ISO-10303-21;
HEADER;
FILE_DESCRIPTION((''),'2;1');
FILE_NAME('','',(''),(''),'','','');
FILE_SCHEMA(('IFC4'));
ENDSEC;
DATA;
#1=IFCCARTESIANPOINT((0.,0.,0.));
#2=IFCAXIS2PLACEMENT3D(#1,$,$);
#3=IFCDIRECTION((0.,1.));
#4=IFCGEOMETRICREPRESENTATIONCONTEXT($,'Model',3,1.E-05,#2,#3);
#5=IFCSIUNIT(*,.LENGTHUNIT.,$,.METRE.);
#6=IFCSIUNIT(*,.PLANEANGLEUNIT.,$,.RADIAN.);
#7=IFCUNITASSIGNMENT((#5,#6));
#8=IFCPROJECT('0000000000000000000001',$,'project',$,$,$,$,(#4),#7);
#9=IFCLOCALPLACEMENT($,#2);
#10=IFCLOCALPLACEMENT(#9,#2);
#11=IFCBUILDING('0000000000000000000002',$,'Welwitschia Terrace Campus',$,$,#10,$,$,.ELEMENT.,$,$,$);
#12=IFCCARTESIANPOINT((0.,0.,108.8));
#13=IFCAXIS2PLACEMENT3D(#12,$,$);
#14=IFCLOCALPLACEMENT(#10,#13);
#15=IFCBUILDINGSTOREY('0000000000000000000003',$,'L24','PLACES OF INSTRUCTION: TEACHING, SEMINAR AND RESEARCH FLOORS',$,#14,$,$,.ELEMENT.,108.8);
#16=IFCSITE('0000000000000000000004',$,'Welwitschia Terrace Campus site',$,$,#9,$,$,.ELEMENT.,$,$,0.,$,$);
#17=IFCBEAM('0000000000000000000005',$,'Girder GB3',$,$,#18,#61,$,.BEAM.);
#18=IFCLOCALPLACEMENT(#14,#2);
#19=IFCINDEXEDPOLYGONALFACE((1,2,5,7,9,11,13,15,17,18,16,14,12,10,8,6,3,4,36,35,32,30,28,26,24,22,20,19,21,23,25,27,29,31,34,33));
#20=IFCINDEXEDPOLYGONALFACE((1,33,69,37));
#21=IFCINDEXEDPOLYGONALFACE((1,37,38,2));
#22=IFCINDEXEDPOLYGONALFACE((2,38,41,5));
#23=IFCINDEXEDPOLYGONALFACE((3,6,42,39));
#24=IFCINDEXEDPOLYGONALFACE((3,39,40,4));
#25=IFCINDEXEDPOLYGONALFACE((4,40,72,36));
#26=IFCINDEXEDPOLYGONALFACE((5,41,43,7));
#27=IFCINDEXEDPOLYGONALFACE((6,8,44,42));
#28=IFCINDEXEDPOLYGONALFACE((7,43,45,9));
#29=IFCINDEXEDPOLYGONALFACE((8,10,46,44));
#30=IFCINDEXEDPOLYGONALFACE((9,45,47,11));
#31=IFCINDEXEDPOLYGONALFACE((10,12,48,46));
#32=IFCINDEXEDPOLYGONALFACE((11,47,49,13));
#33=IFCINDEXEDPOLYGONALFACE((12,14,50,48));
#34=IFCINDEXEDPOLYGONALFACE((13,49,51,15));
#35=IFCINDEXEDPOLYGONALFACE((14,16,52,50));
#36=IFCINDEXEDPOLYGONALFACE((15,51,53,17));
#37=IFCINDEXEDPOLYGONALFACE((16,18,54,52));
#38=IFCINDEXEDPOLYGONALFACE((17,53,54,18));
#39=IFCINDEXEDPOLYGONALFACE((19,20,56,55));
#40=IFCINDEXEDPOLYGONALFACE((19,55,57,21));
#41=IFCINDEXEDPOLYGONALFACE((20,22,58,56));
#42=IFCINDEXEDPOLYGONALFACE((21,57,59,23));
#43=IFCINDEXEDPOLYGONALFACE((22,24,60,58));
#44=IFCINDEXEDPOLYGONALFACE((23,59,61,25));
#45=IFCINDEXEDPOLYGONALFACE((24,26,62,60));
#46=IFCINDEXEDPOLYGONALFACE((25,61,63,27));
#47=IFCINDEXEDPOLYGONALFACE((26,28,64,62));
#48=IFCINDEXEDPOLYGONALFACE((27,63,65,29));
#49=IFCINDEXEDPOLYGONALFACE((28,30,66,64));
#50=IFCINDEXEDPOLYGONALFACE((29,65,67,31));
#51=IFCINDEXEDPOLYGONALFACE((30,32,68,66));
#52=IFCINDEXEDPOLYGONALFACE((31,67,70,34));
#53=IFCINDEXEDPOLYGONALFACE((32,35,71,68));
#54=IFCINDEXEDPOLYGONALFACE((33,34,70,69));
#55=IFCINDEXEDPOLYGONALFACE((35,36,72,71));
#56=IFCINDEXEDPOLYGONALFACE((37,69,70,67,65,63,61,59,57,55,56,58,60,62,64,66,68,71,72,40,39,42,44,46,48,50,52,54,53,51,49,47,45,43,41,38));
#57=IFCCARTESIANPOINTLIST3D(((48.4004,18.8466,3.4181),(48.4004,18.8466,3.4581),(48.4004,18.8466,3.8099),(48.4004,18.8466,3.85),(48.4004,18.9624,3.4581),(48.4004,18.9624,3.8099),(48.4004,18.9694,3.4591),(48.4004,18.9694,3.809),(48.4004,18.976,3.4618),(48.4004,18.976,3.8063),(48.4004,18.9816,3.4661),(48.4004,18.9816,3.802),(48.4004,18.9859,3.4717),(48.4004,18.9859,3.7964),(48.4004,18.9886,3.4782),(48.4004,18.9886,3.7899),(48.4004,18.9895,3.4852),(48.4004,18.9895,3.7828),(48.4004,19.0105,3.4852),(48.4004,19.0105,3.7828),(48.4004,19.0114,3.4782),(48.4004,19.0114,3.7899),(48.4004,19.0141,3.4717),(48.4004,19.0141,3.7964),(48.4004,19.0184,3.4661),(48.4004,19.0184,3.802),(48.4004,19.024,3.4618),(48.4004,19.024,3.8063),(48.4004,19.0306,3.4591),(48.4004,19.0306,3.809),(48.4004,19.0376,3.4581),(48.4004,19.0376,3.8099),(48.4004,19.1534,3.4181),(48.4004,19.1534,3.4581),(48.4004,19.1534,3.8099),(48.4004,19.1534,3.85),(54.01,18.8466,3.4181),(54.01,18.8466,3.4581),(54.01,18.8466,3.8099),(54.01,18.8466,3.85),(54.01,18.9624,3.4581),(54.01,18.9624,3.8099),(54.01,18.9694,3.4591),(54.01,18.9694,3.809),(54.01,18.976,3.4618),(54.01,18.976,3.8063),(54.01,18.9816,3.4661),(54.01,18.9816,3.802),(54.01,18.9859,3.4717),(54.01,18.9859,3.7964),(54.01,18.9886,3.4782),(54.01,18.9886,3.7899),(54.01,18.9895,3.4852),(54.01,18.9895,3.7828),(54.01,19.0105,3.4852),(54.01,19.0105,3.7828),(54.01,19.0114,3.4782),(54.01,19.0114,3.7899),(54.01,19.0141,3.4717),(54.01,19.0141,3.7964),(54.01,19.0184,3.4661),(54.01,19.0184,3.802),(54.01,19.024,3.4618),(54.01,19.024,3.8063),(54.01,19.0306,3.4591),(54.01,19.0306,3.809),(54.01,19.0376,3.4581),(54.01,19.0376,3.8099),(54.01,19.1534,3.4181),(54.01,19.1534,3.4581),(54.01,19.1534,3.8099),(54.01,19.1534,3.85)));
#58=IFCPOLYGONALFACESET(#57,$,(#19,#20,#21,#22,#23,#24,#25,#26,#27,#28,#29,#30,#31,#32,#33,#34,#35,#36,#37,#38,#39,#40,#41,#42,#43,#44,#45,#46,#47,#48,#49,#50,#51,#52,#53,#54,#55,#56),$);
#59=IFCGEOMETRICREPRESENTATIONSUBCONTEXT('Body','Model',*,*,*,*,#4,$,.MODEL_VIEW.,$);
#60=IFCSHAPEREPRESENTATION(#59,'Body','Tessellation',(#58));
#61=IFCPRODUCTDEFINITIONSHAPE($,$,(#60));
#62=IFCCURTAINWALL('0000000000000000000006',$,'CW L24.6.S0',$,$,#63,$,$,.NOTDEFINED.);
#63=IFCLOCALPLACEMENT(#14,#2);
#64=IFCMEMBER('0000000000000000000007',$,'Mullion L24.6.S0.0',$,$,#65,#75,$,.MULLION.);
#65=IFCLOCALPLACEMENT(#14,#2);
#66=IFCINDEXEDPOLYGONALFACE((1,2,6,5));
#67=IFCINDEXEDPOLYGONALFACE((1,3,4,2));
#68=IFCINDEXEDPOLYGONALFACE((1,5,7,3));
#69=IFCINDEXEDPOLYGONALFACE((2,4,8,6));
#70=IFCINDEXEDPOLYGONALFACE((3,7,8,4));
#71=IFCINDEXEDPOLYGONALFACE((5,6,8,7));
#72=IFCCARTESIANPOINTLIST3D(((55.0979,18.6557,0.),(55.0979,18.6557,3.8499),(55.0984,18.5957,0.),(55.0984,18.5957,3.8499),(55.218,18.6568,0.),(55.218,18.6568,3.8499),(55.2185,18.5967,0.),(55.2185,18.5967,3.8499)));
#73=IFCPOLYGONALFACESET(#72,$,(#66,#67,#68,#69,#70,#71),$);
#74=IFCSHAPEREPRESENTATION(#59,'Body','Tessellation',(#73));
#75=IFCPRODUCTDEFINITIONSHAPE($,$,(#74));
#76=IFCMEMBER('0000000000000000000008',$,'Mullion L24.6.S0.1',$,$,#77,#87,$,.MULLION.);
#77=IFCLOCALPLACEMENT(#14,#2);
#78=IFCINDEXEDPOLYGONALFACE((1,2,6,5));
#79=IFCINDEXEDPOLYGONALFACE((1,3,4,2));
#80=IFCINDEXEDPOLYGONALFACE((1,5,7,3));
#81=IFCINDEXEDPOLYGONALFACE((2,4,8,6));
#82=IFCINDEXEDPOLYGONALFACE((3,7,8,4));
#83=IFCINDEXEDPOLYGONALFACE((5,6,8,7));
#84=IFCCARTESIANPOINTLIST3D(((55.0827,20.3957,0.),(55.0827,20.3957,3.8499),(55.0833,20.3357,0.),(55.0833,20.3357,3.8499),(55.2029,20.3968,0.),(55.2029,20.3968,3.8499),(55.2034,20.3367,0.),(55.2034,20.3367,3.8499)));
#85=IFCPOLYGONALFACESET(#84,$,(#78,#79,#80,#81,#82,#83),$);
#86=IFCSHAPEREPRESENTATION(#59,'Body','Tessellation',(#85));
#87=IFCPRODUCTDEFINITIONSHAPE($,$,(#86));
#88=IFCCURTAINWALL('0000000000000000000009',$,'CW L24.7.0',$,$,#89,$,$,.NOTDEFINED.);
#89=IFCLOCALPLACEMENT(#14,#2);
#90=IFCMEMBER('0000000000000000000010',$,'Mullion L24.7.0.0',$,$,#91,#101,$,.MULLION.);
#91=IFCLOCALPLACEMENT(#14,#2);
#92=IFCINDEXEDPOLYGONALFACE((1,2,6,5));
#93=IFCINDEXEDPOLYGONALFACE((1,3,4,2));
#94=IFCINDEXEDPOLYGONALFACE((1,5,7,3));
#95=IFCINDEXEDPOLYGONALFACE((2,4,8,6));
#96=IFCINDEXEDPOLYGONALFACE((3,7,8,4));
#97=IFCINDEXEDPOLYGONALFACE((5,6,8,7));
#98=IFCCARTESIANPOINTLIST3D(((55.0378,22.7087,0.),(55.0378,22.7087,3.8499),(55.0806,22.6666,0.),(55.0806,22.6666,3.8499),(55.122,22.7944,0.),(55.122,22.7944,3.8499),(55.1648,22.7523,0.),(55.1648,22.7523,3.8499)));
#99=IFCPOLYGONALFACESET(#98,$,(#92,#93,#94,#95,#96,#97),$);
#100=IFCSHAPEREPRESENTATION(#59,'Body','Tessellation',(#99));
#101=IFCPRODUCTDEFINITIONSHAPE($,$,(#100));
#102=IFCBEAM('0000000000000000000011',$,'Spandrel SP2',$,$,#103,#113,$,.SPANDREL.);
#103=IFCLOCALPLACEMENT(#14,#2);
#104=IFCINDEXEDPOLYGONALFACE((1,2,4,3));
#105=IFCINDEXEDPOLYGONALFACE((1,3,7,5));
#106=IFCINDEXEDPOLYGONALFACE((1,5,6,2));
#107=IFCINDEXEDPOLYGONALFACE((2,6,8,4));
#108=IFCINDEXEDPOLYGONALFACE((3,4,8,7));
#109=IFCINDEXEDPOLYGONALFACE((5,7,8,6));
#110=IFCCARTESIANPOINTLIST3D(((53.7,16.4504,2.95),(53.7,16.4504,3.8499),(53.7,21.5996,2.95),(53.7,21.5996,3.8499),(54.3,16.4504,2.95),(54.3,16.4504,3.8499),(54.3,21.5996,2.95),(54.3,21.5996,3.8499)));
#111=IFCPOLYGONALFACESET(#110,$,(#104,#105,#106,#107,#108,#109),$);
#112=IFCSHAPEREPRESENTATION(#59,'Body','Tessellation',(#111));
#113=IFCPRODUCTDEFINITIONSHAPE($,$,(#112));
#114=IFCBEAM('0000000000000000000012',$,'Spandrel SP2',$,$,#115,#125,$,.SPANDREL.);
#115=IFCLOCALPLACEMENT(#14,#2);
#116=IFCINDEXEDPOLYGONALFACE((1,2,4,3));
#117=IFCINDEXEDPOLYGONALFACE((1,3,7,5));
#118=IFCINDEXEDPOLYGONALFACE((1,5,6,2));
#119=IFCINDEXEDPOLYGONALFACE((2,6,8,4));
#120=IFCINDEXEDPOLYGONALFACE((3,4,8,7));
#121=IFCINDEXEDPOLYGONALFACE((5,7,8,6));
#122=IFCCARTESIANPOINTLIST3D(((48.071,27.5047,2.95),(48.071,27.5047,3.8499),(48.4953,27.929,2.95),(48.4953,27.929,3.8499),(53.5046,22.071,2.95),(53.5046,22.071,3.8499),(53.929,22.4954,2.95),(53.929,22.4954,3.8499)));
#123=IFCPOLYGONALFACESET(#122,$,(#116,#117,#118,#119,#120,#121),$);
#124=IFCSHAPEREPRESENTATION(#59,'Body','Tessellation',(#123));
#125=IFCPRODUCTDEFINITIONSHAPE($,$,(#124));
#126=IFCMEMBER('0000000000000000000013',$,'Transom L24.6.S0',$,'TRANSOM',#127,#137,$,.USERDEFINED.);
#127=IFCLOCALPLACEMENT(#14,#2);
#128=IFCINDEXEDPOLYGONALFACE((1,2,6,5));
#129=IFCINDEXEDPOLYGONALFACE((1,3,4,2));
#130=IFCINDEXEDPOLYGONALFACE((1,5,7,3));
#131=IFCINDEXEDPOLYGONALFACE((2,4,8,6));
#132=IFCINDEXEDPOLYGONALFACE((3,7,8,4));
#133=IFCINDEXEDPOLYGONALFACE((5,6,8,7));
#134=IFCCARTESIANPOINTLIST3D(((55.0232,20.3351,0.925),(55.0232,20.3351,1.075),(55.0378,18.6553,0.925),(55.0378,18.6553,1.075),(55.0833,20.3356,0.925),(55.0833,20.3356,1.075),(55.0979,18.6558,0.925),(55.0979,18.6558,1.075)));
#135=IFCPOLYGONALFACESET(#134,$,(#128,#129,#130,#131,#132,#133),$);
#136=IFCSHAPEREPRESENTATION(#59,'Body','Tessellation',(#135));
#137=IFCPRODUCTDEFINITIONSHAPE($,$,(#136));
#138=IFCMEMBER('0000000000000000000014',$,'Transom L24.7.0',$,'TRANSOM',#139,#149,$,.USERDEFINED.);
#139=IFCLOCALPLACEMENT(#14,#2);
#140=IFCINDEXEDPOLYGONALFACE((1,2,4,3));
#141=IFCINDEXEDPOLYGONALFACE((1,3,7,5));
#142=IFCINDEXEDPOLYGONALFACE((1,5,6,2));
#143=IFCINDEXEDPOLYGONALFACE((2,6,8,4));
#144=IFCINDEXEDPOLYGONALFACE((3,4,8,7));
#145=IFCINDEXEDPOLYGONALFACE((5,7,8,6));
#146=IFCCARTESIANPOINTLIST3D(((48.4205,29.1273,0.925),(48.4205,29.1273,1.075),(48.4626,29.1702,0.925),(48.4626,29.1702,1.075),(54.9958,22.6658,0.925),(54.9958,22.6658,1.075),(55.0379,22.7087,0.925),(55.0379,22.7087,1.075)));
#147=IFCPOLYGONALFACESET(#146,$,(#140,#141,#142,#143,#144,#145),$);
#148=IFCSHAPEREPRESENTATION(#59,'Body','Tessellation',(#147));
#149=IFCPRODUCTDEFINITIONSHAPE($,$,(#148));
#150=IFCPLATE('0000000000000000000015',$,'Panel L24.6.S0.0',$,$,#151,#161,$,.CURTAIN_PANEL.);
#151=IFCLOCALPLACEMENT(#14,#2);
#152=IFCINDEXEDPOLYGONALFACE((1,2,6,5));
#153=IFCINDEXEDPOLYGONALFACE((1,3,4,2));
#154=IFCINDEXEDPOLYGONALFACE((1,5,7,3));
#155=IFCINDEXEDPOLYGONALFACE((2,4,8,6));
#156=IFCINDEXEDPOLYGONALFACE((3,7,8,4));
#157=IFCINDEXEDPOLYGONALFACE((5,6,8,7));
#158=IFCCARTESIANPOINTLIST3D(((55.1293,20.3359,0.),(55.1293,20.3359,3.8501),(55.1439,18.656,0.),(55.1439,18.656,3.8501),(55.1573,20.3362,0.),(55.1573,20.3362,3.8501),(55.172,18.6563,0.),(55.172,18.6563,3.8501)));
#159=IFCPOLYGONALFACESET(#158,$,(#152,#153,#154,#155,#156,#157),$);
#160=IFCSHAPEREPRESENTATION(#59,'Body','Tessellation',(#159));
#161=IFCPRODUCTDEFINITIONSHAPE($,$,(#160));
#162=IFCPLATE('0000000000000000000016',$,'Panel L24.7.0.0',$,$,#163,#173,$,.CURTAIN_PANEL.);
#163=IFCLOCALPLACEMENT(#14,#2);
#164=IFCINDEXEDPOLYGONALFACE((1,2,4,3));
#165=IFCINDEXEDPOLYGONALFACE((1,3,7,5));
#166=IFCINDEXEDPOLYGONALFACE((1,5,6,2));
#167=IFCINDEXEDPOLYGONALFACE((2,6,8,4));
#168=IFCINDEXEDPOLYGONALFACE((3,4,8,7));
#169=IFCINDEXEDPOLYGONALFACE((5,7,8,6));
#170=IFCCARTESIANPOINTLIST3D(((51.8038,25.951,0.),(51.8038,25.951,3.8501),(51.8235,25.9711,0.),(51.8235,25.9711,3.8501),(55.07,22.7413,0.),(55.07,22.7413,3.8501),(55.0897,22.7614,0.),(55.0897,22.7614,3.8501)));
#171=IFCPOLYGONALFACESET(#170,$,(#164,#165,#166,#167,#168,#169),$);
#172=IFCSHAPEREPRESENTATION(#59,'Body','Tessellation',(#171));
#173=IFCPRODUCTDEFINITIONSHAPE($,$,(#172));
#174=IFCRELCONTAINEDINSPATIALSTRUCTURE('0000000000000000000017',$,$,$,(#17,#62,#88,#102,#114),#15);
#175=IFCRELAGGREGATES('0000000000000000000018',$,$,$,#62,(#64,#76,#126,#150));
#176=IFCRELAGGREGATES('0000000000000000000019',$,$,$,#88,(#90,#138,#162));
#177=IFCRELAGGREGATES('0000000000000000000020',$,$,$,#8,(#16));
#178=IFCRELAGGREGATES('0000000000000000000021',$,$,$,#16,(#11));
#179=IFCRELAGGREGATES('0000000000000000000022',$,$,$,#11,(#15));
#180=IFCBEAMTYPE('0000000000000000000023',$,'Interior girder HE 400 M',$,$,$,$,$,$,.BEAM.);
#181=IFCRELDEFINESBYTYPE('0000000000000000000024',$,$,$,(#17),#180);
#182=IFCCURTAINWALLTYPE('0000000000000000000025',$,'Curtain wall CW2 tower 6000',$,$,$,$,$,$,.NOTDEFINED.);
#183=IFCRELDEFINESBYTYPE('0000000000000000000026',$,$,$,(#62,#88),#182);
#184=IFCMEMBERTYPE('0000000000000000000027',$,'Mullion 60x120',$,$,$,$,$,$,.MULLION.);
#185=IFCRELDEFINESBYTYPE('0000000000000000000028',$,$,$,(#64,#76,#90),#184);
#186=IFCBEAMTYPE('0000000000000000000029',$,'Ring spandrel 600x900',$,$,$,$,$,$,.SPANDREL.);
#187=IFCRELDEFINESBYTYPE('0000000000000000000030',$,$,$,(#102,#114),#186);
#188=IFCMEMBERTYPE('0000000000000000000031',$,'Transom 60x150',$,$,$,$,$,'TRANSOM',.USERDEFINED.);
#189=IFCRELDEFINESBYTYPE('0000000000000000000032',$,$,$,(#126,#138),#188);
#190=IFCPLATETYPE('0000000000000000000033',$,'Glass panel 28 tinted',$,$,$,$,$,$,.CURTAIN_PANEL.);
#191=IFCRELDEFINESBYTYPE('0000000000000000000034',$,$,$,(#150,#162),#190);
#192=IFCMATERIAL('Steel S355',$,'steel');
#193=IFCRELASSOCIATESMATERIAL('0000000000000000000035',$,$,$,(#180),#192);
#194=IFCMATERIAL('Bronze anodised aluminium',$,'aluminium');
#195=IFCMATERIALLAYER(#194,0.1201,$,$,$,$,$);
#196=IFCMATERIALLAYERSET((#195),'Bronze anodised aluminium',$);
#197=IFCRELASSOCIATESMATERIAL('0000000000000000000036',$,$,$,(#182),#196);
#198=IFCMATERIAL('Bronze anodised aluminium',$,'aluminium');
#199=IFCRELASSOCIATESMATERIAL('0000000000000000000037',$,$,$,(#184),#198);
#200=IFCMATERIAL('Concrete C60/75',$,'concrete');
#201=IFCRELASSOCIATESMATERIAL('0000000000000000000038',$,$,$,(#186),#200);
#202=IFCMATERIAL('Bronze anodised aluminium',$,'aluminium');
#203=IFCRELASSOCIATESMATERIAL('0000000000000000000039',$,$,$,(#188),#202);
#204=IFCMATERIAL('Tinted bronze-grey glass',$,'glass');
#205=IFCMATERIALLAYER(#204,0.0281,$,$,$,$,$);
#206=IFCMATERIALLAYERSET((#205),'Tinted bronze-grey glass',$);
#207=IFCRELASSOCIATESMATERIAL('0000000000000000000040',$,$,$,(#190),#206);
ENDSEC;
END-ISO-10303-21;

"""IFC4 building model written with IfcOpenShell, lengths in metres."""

from ifc_helpers import new_model, si_unit, direction, frame, origin, origin_2d, place, context, subcontext, project, spatial, rectangle, i_section, extrude, material, layer, layer_set, material_profile, profile_set, type_object, element, aggregate, save


model = new_model("IFC4")

# Units and contexts
model_context = context("Model", 3, precision=1e-05, world=origin(), true_north=direction((0.0, 1.0)))
body_context = subcontext(model_context, "Body", "Model", "MODEL_VIEW")
ifc_project = project(units=[si_unit("LENGTHUNIT", "METRE"), si_unit("PLANEANGLEUNIT", "RADIAN")], contexts=[model_context])

# Site, building, storey
site_placement = place(None, origin())
site = spatial("IfcSite", under=ifc_project, at=site_placement, Name="Welwitschia Terrace Campus site", CompositionType="ELEMENT", RefElevation=0.0)
building_placement = place(site_placement, origin())
building = spatial("IfcBuilding", under=site, at=building_placement, Name="Welwitschia Terrace Campus", CompositionType="ELEMENT")
storey_placement = place(building_placement, frame((0.0, 0.0, 108.8)))
storey = spatial("IfcBuildingStorey", under=building, at=storey_placement, Name="L24", Description="PLACES OF INSTRUCTION: TEACHING, SEMINAR AND RESEARCH FLOORS", CompositionType="ELEMENT", Elevation=108.8)

# Beam
ifc_material_1 = material(Name="Steel S355", Category="steel")
ifc_material_profile_1 = material_profile(ifc_material_1, i_section(OverallWidth=0.3069, OverallDepth=0.4319, WebThickness=0.021, FlangeThickness=0.04, FilletRadius=0.0271, at=origin_2d()))
ifc_profile_set_1 = profile_set([ifc_material_profile_1], Name="Steel S355")
beam_type_1 = type_object("IfcBeamType", Name="Interior girder HE 400 M", PredefinedType="BEAM", material=ifc_profile_set_1)
beam_1_placement = place(storey_placement, frame((48.4004, 19.0, 3.634), z_axis=(1.0, 0.0, 0.0), x_axis=(0.0, 1.0, 0.0)))
element("IfcBeam", 1, at=beam_1_placement, inside=storey, type_object=beam_type_1, Name="Girder GB3", PredefinedType="BEAM", context=body_context, shape_type="SweptSolid", body=[
    extrude(i_section(OverallWidth=0.3069, OverallDepth=0.4319, WebThickness=0.021, FlangeThickness=0.04, FilletRadius=0.0271, at=origin_2d()), origin(), (0.0, 0.0, 1.0), 5.6096),
])

# Curtain wall, members
ifc_material_2 = material(Name="Bronze anodised aluminium", Category="aluminium")
ifc_layer_1 = layer(ifc_material_2, 0.1201)
ifc_layer_set_1 = layer_set([ifc_layer_1], Name="Bronze anodised aluminium")
curtain_wall_type = type_object("IfcCurtainWallType", Name="Curtain wall CW2 tower 6000", PredefinedType="NOTDEFINED", material=ifc_layer_set_1)
curtain_wall_1_placement = place(storey_placement, origin())
curtain_wall_1 = element("IfcCurtainWall", 2, at=curtain_wall_1_placement, inside=storey, type_object=curtain_wall_type, Name="CW L24.6.S0", PredefinedType="NOTDEFINED")
ifc_material_3 = material(Name="Bronze anodised aluminium", Category="aluminium")
ifc_material_profile_2 = material_profile(ifc_material_3, rectangle(XDim=0.1201, YDim=0.0601, at=origin_2d()))
ifc_profile_set_2 = profile_set([ifc_material_profile_2], Name="Bronze anodised aluminium")
member_type_1 = type_object("IfcMemberType", Name="Mullion 60x120", PredefinedType="MULLION", material=ifc_profile_set_2)
member_1_placement = place(storey_placement, frame((55.1582, 18.6262, 0.0), z_axis=(0.0, 0.0, 1.0), x_axis=(-0.999962, -0.008727, 0.0)))
member_1 = element("IfcMember", 3, at=member_1_placement, type_object=member_type_1, Name="Mullion L24.6.S0.0", PredefinedType="MULLION", context=body_context, shape_type="SweptSolid", body=[
    extrude(rectangle(XDim=0.1201, YDim=0.0601, at=origin_2d()), origin(), (0.0, 0.0, 1.0), 3.8499),
])
member_2_placement = place(storey_placement, frame((55.1431, 20.3662, 0.0), z_axis=(0.0, 0.0, 1.0), x_axis=(-0.999962, -0.008727, 0.0)))
member_2 = element("IfcMember", 4, at=member_2_placement, type_object=member_type_1, Name="Mullion L24.6.S0.1", PredefinedType="MULLION", context=body_context, shape_type="SweptSolid", body=[
    extrude(rectangle(XDim=0.1201, YDim=0.0601, at=origin_2d()), origin(), (0.0, 0.0, 1.0), 3.8499),
])

# Curtain wall, member
curtain_wall_2_placement = place(storey_placement, origin())
curtain_wall_2 = element("IfcCurtainWall", 5, at=curtain_wall_2_placement, inside=storey, type_object=curtain_wall_type, Name="CW L24.7.0", PredefinedType="NOTDEFINED")
member_3_placement = place(storey_placement, frame((55.1013, 22.7305, 0.0), z_axis=(0.0, 0.0, 1.0), x_axis=(-0.700909, -0.71325, 0.0)))
member_3 = element("IfcMember", 6, at=member_3_placement, type_object=member_type_1, Name="Mullion L24.7.0.0", PredefinedType="MULLION", context=body_context, shape_type="SweptSolid", body=[
    extrude(rectangle(XDim=0.1201, YDim=0.0601, at=origin_2d()), origin(), (0.0, 0.0, 1.0), 3.8499),
])

# Beams
ifc_material_4 = material(Name="Concrete C60/75", Category="concrete")
ifc_material_profile_3 = material_profile(ifc_material_4, rectangle(XDim=0.6001, YDim=0.8999, at=origin_2d()))
ifc_profile_set_3 = profile_set([ifc_material_profile_3], Name="Concrete C60/75")
beam_type_2 = type_object("IfcBeamType", Name="Ring spandrel 600x900", PredefinedType="SPANDREL", material=ifc_profile_set_3)
beam_2_placement = place(storey_placement, frame((54.0, 16.4504, 3.3999), z_axis=(0.0, 1.0, 0.0), x_axis=(-1.0, 0.0, 0.0)))
element("IfcBeam", 7, at=beam_2_placement, inside=storey, type_object=beam_type_2, Name="Spandrel SP2", PredefinedType="SPANDREL", context=body_context, shape_type="SweptSolid", body=[
    extrude(rectangle(XDim=0.6001, YDim=0.8999, at=origin_2d()), origin(), (0.0, 0.0, 1.0), 5.1492),
])
beam_3_placement = place(storey_placement, frame((53.7168, 22.2832, 3.3999), z_axis=(-0.707107, 0.707107, 0.0), x_axis=(-0.707107, -0.707107, 0.0)))
element("IfcBeam", 8, at=beam_3_placement, inside=storey, type_object=beam_type_2, Name="Spandrel SP2", PredefinedType="SPANDREL", context=body_context, shape_type="SweptSolid", body=[
    extrude(rectangle(XDim=0.6001, YDim=0.8999, at=origin_2d()), origin(), (0.0, 0.0, 1.0), 7.6843),
])

# Members
ifc_material_5 = material(Name="Bronze anodised aluminium", Category="aluminium")
ifc_material_profile_4 = material_profile(ifc_material_5, rectangle(XDim=0.0601, YDim=0.1499, at=origin_2d()))
ifc_profile_set_4 = profile_set([ifc_material_profile_4], Name="Bronze anodised aluminium")
member_type_2 = type_object("IfcMemberType", Name="Transom 60x150", ElementType="TRANSOM", PredefinedType="USERDEFINED", material=ifc_profile_set_4)
member_4_placement = place(storey_placement, frame((55.0679, 18.6555, 1.0), z_axis=(-0.008719, 0.999962, 0.0), x_axis=(-0.999962, -0.008719, 0.0)))
member_4 = element("IfcMember", 9, at=member_4_placement, type_object=member_type_2, Name="Transom L24.6.S0", ObjectType="TRANSOM", PredefinedType="USERDEFINED", context=body_context, shape_type="SweptSolid", body=[
    extrude(rectangle(XDim=0.0601, YDim=0.1499, at=origin_2d()), origin(), (0.0, 0.0, 1.0), 1.6799),
])
member_5_placement = place(storey_placement, frame((55.0168, 22.6873, 1.0), z_axis=(-0.71325, 0.700909, 0.0), x_axis=(-0.700909, -0.71325, 0.0)))
member_5 = element("IfcMember", 10, at=member_5_placement, type_object=member_type_2, Name="Transom L24.7.0", ObjectType="TRANSOM", PredefinedType="USERDEFINED", context=body_context, shape_type="SweptSolid", body=[
    extrude(rectangle(XDim=0.0601, YDim=0.1499, at=origin_2d()), origin(), (0.0, 0.0, 1.0), 9.2188),
])

# Plates
ifc_material_6 = material(Name="Tinted bronze-grey glass", Category="glass")
ifc_layer_2 = layer(ifc_material_6, 0.0281)
ifc_layer_set_2 = layer_set([ifc_layer_2], Name="Tinted bronze-grey glass")
plate_type = type_object("IfcPlateType", Name="Glass panel 28 tinted", PredefinedType="CURTAIN_PANEL", material=ifc_layer_set_2)
plate_1_placement = place(storey_placement, frame((55.1506, 19.4961, 0.0), z_axis=(0.0, 0.0, 1.0), x_axis=(-0.008727, 0.999962, 0.0)))
plate_1 = element("IfcPlate", 11, at=plate_1_placement, type_object=plate_type, Name="Panel L24.6.S0.0", PredefinedType="CURTAIN_PANEL", context=body_context, shape_type="SweptSolid", body=[
    extrude(rectangle(XDim=1.6799, YDim=0.0281, at=origin_2d()), origin(), (0.0, 0.0, 1.0), 3.8501),
])
aggregate(curtain_wall_1, [member_1, member_2, member_4, plate_1])
plate_2_placement = place(storey_placement, frame((53.4468, 24.3562, 0.0), z_axis=(0.0, 0.0, 1.0), x_axis=(-0.71325, 0.700909, 0.0)))
plate_2 = element("IfcPlate", 12, at=plate_2_placement, type_object=plate_type, Name="Panel L24.7.0.0", PredefinedType="CURTAIN_PANEL", context=body_context, shape_type="SweptSolid", body=[
    extrude(rectangle(XDim=4.5793, YDim=0.0281, at=origin_2d()), origin(), (0.0, 0.0, 1.0), 3.8501),
])
aggregate(curtain_wall_2, [member_3, member_5, plate_2])

save(model, "model.ifc")
